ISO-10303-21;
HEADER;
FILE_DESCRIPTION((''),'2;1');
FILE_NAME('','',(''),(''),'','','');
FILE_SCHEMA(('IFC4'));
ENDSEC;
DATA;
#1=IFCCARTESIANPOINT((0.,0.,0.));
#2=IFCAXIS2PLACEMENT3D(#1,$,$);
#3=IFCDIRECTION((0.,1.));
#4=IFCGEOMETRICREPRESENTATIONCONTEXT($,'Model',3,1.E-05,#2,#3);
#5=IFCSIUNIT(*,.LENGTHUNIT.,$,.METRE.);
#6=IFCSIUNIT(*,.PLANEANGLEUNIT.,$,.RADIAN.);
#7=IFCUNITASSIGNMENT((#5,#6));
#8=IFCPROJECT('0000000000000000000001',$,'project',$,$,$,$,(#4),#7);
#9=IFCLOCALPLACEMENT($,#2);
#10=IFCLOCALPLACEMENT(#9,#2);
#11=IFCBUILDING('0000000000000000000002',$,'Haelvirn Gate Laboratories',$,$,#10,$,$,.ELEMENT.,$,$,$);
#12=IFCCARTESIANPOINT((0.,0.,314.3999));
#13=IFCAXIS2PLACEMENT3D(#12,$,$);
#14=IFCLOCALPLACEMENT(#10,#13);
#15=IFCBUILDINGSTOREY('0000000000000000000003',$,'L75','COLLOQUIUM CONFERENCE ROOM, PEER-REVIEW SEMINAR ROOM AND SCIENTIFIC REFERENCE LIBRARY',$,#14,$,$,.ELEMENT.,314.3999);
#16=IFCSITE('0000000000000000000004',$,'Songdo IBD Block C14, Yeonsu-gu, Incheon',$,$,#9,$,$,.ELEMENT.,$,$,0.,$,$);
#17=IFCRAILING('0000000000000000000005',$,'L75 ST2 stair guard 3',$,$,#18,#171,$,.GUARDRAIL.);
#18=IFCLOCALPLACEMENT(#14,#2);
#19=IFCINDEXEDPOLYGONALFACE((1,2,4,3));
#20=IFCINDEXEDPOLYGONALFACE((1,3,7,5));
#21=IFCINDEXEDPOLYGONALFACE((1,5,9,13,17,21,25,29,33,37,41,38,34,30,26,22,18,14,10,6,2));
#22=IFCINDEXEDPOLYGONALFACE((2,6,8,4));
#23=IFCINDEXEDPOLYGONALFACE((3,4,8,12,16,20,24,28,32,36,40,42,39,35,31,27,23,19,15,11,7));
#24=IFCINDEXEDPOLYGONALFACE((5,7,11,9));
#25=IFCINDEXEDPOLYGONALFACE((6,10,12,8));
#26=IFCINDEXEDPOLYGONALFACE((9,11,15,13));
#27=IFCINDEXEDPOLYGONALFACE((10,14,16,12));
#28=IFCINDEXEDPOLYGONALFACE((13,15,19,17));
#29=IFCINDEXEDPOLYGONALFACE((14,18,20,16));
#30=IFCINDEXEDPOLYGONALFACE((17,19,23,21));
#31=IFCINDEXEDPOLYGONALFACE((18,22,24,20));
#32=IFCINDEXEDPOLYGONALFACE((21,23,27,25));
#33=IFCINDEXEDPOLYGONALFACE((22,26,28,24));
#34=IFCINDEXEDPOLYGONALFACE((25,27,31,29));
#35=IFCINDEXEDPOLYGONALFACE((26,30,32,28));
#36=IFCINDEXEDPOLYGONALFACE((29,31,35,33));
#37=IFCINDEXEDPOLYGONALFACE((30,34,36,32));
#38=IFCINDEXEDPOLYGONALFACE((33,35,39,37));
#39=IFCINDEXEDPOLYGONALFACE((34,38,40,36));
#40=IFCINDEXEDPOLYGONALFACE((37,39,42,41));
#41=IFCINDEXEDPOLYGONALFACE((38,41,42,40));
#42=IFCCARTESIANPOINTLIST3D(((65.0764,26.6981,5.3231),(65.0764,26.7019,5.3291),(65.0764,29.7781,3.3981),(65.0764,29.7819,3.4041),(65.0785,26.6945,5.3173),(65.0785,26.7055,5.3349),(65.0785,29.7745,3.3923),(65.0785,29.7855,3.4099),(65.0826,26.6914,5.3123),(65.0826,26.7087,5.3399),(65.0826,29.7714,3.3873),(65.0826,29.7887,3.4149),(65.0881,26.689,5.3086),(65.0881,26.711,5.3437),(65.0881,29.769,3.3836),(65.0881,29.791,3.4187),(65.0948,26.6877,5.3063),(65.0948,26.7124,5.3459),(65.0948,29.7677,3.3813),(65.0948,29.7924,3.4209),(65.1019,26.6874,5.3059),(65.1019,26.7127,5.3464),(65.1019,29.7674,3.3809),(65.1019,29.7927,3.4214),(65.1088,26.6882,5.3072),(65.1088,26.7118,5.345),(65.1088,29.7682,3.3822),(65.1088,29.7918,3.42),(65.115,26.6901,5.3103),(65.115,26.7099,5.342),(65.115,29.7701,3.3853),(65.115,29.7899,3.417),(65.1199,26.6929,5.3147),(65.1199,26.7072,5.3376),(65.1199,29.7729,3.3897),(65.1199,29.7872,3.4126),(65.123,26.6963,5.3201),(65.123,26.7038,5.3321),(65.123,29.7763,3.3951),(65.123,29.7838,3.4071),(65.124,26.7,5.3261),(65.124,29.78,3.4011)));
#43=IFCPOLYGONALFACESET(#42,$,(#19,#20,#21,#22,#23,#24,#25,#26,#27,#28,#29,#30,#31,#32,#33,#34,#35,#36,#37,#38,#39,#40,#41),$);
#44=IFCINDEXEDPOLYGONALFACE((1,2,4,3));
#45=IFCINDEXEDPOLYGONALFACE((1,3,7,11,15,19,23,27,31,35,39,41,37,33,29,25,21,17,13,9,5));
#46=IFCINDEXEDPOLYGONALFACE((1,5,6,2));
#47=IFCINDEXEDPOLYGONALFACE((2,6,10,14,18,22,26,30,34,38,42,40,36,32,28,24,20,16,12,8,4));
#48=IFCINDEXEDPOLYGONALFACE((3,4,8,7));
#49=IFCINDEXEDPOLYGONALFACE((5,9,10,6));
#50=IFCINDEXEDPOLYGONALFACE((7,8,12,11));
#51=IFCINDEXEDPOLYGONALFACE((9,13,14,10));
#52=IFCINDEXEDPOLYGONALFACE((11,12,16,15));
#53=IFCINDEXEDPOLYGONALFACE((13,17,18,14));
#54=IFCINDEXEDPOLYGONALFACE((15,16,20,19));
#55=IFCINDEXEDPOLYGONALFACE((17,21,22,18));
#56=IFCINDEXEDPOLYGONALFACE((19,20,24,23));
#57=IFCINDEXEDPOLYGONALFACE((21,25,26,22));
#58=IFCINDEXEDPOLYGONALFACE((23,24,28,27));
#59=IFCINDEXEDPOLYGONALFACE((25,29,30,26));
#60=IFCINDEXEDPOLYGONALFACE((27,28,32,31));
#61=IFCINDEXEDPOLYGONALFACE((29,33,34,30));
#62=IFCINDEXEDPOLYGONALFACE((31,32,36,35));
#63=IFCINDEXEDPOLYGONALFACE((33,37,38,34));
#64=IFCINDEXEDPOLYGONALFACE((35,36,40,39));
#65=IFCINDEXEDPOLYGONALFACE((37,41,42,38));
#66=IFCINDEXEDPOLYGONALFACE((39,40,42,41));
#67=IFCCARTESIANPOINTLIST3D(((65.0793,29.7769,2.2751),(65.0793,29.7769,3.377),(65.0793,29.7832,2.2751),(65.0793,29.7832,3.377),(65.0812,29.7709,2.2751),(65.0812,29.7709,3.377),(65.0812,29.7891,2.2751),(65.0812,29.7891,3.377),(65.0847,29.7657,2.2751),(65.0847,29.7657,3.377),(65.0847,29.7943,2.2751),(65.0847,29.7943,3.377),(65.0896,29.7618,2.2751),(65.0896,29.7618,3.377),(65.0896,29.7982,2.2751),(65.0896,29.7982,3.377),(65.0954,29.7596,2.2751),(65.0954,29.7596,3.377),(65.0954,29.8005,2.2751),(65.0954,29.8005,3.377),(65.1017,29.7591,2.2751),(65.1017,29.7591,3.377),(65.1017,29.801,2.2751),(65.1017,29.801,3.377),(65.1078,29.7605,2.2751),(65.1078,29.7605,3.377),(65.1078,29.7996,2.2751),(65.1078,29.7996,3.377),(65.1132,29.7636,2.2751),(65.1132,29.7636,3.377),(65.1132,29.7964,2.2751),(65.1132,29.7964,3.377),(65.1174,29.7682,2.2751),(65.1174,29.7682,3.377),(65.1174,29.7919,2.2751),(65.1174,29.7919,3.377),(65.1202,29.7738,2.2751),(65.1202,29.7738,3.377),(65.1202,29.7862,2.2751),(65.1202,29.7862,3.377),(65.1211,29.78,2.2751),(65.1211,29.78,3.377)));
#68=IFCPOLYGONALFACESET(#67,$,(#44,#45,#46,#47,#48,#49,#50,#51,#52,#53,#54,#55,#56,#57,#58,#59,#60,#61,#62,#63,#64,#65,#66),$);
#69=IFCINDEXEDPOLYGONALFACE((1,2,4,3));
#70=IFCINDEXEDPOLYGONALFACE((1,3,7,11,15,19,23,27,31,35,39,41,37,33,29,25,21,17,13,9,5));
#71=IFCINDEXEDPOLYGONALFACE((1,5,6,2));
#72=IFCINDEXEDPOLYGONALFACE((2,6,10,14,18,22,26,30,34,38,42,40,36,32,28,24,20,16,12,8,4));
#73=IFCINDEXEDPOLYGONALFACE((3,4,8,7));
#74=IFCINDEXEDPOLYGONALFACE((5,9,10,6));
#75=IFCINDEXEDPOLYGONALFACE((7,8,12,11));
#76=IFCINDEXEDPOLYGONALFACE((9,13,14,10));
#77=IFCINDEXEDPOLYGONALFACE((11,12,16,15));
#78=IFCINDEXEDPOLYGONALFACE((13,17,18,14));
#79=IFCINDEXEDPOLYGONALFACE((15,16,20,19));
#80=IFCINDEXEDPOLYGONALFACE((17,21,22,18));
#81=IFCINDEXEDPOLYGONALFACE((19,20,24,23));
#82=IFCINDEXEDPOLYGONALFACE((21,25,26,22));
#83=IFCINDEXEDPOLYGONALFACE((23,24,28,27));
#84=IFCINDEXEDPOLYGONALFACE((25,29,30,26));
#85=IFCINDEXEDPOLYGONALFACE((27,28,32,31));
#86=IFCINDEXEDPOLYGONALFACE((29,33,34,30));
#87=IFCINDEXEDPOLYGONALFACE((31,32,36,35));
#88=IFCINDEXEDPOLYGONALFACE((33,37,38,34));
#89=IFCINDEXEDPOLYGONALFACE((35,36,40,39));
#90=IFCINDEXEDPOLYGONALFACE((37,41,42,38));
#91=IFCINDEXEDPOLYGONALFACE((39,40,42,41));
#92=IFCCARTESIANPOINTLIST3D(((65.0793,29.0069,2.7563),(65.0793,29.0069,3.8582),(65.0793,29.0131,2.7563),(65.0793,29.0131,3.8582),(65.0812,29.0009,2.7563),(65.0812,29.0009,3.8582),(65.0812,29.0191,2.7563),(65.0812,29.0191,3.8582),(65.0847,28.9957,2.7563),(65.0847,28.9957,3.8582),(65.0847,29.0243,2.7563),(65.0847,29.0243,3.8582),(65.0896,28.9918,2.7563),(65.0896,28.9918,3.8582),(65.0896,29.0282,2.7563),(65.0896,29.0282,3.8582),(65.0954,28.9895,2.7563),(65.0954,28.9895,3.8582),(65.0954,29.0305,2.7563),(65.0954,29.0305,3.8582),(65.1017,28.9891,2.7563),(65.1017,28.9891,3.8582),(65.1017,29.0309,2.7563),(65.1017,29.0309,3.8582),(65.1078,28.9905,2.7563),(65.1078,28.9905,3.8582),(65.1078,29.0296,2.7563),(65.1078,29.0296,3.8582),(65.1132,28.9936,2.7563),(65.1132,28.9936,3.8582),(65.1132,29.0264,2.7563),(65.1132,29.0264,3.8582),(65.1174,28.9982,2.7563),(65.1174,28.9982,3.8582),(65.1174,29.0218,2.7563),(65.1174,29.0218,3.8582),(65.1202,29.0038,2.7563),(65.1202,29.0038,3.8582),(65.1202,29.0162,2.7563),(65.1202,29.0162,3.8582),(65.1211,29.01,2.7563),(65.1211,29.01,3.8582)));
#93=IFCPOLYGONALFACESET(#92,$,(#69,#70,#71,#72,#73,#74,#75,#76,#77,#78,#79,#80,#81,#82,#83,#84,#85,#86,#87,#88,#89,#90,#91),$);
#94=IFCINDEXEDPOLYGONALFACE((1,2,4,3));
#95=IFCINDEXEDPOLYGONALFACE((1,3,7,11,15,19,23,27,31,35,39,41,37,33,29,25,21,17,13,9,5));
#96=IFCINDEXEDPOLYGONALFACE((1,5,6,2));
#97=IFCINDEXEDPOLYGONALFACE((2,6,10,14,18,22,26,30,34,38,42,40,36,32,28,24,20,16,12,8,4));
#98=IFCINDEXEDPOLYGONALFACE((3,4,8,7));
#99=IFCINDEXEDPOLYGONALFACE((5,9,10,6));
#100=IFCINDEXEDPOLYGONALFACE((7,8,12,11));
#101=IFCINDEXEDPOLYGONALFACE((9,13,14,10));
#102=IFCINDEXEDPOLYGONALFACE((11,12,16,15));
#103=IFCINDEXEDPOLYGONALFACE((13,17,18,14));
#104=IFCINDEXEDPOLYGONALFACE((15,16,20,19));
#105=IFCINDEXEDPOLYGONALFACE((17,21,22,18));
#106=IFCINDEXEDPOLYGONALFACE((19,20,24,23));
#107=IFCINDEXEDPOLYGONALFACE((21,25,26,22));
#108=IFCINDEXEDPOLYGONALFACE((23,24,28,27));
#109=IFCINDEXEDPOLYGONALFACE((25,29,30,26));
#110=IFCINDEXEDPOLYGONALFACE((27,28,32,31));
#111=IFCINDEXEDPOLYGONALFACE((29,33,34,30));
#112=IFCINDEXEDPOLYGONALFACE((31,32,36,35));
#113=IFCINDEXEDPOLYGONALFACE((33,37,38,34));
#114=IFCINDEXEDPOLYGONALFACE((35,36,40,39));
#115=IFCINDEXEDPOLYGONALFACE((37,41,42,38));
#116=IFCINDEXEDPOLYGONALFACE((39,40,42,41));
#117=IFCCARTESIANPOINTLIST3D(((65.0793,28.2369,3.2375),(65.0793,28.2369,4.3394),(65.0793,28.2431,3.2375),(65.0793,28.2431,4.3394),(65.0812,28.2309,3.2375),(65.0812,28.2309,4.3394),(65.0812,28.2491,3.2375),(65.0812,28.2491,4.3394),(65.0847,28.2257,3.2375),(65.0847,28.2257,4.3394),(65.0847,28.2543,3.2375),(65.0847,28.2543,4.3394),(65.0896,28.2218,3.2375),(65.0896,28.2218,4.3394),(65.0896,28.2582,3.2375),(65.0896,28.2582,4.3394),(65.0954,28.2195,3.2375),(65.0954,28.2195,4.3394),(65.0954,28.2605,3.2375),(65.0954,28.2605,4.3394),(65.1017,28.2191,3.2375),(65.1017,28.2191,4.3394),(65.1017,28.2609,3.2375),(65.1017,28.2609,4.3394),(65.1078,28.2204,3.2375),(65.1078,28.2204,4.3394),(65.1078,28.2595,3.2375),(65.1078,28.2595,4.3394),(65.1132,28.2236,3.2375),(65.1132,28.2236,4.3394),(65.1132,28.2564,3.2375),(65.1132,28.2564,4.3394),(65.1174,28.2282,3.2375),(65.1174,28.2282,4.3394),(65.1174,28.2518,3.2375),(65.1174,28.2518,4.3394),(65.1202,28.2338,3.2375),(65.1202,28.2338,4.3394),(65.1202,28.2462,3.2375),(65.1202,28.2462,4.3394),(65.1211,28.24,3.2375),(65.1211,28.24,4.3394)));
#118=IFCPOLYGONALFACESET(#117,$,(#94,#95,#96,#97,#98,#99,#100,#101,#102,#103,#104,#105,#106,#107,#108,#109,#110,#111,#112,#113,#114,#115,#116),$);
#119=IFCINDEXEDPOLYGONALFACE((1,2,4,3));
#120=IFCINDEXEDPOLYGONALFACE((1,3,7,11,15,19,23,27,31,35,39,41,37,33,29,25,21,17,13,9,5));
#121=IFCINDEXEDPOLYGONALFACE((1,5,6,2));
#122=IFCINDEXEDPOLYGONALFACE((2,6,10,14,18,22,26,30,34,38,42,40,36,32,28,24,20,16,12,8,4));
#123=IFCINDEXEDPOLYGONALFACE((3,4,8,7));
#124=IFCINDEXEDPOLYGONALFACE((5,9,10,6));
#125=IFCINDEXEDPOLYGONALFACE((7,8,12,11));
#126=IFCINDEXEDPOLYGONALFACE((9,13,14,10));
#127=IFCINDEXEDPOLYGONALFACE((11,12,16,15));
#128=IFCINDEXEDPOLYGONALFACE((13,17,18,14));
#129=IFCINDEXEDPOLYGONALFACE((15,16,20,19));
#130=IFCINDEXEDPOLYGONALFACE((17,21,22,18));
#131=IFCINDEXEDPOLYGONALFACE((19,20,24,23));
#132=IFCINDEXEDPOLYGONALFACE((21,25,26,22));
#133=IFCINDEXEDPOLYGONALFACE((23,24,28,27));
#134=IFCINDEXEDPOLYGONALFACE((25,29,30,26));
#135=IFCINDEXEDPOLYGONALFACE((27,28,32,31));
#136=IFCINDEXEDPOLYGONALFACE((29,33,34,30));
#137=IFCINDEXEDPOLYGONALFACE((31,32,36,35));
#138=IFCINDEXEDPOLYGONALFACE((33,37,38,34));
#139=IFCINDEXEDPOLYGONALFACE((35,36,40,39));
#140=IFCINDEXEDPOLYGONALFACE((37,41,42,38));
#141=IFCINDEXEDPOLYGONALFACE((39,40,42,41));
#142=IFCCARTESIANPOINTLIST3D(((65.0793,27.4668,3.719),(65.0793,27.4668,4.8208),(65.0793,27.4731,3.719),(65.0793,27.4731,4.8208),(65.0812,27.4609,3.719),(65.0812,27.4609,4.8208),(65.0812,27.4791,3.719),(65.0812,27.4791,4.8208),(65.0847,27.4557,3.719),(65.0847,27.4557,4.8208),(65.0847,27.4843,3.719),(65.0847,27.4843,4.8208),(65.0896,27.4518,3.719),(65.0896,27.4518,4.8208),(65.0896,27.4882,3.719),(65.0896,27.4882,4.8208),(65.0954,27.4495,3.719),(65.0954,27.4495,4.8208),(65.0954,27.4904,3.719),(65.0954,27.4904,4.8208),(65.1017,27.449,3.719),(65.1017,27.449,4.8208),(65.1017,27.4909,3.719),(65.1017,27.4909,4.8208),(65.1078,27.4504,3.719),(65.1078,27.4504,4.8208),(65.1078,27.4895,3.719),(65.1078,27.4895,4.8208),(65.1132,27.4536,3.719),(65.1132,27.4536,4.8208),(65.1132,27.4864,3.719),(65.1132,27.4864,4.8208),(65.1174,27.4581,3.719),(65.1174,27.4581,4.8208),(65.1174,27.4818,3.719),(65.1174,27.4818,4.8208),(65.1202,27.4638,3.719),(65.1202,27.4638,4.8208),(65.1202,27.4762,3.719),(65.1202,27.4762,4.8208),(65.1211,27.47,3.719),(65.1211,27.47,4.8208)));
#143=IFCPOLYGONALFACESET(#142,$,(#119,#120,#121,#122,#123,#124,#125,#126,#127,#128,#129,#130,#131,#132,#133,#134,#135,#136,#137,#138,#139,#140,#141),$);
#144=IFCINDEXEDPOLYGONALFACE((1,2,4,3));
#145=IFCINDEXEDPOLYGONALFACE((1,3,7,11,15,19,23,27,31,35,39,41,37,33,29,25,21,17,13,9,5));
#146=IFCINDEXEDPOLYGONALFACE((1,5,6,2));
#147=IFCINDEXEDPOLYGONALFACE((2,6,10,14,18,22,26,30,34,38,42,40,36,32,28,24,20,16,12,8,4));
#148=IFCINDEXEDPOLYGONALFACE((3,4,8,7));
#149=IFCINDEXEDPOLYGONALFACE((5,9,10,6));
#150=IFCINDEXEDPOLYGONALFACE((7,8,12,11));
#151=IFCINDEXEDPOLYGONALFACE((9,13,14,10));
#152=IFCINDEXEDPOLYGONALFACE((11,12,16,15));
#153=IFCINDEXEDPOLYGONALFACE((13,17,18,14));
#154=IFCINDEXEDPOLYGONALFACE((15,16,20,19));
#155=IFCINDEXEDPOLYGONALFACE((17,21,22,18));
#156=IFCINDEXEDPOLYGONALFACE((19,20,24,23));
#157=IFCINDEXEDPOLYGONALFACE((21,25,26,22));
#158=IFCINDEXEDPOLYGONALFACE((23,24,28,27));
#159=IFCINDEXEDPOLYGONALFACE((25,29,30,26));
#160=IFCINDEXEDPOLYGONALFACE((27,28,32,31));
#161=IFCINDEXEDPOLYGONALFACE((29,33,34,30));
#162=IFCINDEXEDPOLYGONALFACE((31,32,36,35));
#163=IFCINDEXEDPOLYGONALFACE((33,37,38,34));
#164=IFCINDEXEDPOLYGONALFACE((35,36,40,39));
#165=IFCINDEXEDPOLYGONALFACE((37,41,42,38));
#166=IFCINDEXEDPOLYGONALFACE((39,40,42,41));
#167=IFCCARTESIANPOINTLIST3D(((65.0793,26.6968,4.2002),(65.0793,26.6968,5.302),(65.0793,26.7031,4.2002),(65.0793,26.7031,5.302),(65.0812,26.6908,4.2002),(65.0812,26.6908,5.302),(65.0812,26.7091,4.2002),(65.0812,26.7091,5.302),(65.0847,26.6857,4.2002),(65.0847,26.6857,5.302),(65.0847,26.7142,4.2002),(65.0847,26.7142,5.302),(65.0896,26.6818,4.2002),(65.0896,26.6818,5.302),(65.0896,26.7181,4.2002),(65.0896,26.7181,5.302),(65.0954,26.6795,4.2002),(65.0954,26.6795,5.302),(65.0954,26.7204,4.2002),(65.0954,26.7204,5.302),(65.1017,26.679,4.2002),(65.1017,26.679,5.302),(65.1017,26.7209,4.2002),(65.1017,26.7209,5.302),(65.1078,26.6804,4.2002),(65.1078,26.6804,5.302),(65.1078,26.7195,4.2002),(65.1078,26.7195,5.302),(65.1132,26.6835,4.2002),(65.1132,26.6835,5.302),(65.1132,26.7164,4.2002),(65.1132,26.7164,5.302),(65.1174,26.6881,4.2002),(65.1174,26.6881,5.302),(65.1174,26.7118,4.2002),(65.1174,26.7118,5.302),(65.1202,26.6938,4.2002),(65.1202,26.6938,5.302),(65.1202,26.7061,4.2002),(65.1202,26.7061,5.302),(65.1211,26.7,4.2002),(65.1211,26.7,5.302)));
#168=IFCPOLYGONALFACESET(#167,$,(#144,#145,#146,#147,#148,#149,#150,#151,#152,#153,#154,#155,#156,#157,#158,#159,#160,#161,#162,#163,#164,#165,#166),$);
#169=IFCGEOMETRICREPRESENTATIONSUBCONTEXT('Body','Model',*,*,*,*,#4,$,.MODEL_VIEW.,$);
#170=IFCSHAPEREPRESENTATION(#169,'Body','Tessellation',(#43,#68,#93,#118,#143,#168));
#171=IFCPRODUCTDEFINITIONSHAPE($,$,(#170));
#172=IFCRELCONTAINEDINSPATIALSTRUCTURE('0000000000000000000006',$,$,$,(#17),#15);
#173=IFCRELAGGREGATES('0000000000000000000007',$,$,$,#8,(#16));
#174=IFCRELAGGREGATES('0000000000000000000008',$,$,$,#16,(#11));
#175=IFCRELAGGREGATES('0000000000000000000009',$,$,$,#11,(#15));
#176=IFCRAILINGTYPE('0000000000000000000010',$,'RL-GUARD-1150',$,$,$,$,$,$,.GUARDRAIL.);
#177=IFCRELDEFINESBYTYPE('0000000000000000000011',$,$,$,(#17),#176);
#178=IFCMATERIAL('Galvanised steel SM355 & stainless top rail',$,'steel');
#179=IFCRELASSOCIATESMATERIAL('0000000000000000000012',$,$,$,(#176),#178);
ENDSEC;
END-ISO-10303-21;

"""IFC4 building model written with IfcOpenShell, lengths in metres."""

from ifc_helpers import new_model, si_unit, direction, frame, origin, origin_2d, place, context, subcontext, project, spatial, circle, extrude, source, transform, mapped, material, type_object, element, save


model = new_model("IFC4")

# Units and contexts
model_context = context("Model", 3, precision=1e-05, world=origin(), true_north=direction((0.0, 1.0)))
body_context = subcontext(model_context, "Body", "Model", "MODEL_VIEW")
ifc_project = project(units=[si_unit("LENGTHUNIT", "METRE"), si_unit("PLANEANGLEUNIT", "RADIAN")], contexts=[model_context])

# Site, building, storey
site_placement = place(None, origin())
site = spatial("IfcSite", under=ifc_project, at=site_placement, Name="Songdo IBD Block C14, Yeonsu-gu, Incheon", CompositionType="ELEMENT", RefElevation=0.0)
building_placement = place(site_placement, origin())
building = spatial("IfcBuilding", under=site, at=building_placement, Name="Haelvirn Gate Laboratories", CompositionType="ELEMENT")
storey_placement = place(building_placement, frame((0.0, 0.0, 314.3999)))
storey = spatial("IfcBuildingStorey", under=building, at=storey_placement, Name="L75", Description="COLLOQUIUM CONFERENCE ROOM, PEER-REVIEW SEMINAR ROOM AND SCIENTIFIC REFERENCE LIBRARY", CompositionType="ELEMENT", Elevation=314.3999)

# Railing
ifc_material_1 = material(Name="Galvanised steel SM355 & stainless top rail", Category="steel")
railing_type_1 = type_object("IfcRailingType", Name="RL-GUARD-1150", PredefinedType="GUARDRAIL", material=ifc_material_1)
shared_shape_1 = source(origin(), body_context, "Body", "SweptSolid", [
    extrude(circle(Radius=0.0239, at=origin_2d()), frame((0.0, 0.0, 1.126), z_axis=(0.0, -0.847998, 0.529999), x_axis=(1.0, 0.0, 0.0)), (0.0, 0.0, 1.0), 3.6321),
    extrude(circle(Radius=0.021, at=origin_2d()), origin(), (0.0, 0.0, 1.0), 1.1018),
    extrude(circle(Radius=0.021, at=origin_2d()), frame((0.0, -0.77, 0.4812)), (0.0, 0.0, 1.0), 1.1018),
    extrude(circle(Radius=0.021, at=origin_2d()), frame((0.0, -1.54, 0.9624)), (0.0, 0.0, 1.0), 1.1018),
    extrude(circle(Radius=0.021, at=origin_2d()), frame((0.0, -2.3101, 1.4438)), (0.0, 0.0, 1.0), 1.1018),
    extrude(circle(Radius=0.021, at=origin_2d()), frame((0.0, -3.0801, 1.925)), (0.0, 0.0, 1.0), 1.1018),
])
railing_1_placement = place(storey_placement, frame((65.1001, 29.78, 2.2751)))
element("IfcRailing", 1, at=railing_1_placement, inside=storey, type_object=railing_type_1, Name="L75 ST2 stair guard 3", PredefinedType="GUARDRAIL", context=body_context, shape_type="MappedRepresentation", body=[
    mapped(shared_shape_1, transform((0.0, 0.0, 0.0), scale=1.0)),
])

save(model, "model.ifc")
